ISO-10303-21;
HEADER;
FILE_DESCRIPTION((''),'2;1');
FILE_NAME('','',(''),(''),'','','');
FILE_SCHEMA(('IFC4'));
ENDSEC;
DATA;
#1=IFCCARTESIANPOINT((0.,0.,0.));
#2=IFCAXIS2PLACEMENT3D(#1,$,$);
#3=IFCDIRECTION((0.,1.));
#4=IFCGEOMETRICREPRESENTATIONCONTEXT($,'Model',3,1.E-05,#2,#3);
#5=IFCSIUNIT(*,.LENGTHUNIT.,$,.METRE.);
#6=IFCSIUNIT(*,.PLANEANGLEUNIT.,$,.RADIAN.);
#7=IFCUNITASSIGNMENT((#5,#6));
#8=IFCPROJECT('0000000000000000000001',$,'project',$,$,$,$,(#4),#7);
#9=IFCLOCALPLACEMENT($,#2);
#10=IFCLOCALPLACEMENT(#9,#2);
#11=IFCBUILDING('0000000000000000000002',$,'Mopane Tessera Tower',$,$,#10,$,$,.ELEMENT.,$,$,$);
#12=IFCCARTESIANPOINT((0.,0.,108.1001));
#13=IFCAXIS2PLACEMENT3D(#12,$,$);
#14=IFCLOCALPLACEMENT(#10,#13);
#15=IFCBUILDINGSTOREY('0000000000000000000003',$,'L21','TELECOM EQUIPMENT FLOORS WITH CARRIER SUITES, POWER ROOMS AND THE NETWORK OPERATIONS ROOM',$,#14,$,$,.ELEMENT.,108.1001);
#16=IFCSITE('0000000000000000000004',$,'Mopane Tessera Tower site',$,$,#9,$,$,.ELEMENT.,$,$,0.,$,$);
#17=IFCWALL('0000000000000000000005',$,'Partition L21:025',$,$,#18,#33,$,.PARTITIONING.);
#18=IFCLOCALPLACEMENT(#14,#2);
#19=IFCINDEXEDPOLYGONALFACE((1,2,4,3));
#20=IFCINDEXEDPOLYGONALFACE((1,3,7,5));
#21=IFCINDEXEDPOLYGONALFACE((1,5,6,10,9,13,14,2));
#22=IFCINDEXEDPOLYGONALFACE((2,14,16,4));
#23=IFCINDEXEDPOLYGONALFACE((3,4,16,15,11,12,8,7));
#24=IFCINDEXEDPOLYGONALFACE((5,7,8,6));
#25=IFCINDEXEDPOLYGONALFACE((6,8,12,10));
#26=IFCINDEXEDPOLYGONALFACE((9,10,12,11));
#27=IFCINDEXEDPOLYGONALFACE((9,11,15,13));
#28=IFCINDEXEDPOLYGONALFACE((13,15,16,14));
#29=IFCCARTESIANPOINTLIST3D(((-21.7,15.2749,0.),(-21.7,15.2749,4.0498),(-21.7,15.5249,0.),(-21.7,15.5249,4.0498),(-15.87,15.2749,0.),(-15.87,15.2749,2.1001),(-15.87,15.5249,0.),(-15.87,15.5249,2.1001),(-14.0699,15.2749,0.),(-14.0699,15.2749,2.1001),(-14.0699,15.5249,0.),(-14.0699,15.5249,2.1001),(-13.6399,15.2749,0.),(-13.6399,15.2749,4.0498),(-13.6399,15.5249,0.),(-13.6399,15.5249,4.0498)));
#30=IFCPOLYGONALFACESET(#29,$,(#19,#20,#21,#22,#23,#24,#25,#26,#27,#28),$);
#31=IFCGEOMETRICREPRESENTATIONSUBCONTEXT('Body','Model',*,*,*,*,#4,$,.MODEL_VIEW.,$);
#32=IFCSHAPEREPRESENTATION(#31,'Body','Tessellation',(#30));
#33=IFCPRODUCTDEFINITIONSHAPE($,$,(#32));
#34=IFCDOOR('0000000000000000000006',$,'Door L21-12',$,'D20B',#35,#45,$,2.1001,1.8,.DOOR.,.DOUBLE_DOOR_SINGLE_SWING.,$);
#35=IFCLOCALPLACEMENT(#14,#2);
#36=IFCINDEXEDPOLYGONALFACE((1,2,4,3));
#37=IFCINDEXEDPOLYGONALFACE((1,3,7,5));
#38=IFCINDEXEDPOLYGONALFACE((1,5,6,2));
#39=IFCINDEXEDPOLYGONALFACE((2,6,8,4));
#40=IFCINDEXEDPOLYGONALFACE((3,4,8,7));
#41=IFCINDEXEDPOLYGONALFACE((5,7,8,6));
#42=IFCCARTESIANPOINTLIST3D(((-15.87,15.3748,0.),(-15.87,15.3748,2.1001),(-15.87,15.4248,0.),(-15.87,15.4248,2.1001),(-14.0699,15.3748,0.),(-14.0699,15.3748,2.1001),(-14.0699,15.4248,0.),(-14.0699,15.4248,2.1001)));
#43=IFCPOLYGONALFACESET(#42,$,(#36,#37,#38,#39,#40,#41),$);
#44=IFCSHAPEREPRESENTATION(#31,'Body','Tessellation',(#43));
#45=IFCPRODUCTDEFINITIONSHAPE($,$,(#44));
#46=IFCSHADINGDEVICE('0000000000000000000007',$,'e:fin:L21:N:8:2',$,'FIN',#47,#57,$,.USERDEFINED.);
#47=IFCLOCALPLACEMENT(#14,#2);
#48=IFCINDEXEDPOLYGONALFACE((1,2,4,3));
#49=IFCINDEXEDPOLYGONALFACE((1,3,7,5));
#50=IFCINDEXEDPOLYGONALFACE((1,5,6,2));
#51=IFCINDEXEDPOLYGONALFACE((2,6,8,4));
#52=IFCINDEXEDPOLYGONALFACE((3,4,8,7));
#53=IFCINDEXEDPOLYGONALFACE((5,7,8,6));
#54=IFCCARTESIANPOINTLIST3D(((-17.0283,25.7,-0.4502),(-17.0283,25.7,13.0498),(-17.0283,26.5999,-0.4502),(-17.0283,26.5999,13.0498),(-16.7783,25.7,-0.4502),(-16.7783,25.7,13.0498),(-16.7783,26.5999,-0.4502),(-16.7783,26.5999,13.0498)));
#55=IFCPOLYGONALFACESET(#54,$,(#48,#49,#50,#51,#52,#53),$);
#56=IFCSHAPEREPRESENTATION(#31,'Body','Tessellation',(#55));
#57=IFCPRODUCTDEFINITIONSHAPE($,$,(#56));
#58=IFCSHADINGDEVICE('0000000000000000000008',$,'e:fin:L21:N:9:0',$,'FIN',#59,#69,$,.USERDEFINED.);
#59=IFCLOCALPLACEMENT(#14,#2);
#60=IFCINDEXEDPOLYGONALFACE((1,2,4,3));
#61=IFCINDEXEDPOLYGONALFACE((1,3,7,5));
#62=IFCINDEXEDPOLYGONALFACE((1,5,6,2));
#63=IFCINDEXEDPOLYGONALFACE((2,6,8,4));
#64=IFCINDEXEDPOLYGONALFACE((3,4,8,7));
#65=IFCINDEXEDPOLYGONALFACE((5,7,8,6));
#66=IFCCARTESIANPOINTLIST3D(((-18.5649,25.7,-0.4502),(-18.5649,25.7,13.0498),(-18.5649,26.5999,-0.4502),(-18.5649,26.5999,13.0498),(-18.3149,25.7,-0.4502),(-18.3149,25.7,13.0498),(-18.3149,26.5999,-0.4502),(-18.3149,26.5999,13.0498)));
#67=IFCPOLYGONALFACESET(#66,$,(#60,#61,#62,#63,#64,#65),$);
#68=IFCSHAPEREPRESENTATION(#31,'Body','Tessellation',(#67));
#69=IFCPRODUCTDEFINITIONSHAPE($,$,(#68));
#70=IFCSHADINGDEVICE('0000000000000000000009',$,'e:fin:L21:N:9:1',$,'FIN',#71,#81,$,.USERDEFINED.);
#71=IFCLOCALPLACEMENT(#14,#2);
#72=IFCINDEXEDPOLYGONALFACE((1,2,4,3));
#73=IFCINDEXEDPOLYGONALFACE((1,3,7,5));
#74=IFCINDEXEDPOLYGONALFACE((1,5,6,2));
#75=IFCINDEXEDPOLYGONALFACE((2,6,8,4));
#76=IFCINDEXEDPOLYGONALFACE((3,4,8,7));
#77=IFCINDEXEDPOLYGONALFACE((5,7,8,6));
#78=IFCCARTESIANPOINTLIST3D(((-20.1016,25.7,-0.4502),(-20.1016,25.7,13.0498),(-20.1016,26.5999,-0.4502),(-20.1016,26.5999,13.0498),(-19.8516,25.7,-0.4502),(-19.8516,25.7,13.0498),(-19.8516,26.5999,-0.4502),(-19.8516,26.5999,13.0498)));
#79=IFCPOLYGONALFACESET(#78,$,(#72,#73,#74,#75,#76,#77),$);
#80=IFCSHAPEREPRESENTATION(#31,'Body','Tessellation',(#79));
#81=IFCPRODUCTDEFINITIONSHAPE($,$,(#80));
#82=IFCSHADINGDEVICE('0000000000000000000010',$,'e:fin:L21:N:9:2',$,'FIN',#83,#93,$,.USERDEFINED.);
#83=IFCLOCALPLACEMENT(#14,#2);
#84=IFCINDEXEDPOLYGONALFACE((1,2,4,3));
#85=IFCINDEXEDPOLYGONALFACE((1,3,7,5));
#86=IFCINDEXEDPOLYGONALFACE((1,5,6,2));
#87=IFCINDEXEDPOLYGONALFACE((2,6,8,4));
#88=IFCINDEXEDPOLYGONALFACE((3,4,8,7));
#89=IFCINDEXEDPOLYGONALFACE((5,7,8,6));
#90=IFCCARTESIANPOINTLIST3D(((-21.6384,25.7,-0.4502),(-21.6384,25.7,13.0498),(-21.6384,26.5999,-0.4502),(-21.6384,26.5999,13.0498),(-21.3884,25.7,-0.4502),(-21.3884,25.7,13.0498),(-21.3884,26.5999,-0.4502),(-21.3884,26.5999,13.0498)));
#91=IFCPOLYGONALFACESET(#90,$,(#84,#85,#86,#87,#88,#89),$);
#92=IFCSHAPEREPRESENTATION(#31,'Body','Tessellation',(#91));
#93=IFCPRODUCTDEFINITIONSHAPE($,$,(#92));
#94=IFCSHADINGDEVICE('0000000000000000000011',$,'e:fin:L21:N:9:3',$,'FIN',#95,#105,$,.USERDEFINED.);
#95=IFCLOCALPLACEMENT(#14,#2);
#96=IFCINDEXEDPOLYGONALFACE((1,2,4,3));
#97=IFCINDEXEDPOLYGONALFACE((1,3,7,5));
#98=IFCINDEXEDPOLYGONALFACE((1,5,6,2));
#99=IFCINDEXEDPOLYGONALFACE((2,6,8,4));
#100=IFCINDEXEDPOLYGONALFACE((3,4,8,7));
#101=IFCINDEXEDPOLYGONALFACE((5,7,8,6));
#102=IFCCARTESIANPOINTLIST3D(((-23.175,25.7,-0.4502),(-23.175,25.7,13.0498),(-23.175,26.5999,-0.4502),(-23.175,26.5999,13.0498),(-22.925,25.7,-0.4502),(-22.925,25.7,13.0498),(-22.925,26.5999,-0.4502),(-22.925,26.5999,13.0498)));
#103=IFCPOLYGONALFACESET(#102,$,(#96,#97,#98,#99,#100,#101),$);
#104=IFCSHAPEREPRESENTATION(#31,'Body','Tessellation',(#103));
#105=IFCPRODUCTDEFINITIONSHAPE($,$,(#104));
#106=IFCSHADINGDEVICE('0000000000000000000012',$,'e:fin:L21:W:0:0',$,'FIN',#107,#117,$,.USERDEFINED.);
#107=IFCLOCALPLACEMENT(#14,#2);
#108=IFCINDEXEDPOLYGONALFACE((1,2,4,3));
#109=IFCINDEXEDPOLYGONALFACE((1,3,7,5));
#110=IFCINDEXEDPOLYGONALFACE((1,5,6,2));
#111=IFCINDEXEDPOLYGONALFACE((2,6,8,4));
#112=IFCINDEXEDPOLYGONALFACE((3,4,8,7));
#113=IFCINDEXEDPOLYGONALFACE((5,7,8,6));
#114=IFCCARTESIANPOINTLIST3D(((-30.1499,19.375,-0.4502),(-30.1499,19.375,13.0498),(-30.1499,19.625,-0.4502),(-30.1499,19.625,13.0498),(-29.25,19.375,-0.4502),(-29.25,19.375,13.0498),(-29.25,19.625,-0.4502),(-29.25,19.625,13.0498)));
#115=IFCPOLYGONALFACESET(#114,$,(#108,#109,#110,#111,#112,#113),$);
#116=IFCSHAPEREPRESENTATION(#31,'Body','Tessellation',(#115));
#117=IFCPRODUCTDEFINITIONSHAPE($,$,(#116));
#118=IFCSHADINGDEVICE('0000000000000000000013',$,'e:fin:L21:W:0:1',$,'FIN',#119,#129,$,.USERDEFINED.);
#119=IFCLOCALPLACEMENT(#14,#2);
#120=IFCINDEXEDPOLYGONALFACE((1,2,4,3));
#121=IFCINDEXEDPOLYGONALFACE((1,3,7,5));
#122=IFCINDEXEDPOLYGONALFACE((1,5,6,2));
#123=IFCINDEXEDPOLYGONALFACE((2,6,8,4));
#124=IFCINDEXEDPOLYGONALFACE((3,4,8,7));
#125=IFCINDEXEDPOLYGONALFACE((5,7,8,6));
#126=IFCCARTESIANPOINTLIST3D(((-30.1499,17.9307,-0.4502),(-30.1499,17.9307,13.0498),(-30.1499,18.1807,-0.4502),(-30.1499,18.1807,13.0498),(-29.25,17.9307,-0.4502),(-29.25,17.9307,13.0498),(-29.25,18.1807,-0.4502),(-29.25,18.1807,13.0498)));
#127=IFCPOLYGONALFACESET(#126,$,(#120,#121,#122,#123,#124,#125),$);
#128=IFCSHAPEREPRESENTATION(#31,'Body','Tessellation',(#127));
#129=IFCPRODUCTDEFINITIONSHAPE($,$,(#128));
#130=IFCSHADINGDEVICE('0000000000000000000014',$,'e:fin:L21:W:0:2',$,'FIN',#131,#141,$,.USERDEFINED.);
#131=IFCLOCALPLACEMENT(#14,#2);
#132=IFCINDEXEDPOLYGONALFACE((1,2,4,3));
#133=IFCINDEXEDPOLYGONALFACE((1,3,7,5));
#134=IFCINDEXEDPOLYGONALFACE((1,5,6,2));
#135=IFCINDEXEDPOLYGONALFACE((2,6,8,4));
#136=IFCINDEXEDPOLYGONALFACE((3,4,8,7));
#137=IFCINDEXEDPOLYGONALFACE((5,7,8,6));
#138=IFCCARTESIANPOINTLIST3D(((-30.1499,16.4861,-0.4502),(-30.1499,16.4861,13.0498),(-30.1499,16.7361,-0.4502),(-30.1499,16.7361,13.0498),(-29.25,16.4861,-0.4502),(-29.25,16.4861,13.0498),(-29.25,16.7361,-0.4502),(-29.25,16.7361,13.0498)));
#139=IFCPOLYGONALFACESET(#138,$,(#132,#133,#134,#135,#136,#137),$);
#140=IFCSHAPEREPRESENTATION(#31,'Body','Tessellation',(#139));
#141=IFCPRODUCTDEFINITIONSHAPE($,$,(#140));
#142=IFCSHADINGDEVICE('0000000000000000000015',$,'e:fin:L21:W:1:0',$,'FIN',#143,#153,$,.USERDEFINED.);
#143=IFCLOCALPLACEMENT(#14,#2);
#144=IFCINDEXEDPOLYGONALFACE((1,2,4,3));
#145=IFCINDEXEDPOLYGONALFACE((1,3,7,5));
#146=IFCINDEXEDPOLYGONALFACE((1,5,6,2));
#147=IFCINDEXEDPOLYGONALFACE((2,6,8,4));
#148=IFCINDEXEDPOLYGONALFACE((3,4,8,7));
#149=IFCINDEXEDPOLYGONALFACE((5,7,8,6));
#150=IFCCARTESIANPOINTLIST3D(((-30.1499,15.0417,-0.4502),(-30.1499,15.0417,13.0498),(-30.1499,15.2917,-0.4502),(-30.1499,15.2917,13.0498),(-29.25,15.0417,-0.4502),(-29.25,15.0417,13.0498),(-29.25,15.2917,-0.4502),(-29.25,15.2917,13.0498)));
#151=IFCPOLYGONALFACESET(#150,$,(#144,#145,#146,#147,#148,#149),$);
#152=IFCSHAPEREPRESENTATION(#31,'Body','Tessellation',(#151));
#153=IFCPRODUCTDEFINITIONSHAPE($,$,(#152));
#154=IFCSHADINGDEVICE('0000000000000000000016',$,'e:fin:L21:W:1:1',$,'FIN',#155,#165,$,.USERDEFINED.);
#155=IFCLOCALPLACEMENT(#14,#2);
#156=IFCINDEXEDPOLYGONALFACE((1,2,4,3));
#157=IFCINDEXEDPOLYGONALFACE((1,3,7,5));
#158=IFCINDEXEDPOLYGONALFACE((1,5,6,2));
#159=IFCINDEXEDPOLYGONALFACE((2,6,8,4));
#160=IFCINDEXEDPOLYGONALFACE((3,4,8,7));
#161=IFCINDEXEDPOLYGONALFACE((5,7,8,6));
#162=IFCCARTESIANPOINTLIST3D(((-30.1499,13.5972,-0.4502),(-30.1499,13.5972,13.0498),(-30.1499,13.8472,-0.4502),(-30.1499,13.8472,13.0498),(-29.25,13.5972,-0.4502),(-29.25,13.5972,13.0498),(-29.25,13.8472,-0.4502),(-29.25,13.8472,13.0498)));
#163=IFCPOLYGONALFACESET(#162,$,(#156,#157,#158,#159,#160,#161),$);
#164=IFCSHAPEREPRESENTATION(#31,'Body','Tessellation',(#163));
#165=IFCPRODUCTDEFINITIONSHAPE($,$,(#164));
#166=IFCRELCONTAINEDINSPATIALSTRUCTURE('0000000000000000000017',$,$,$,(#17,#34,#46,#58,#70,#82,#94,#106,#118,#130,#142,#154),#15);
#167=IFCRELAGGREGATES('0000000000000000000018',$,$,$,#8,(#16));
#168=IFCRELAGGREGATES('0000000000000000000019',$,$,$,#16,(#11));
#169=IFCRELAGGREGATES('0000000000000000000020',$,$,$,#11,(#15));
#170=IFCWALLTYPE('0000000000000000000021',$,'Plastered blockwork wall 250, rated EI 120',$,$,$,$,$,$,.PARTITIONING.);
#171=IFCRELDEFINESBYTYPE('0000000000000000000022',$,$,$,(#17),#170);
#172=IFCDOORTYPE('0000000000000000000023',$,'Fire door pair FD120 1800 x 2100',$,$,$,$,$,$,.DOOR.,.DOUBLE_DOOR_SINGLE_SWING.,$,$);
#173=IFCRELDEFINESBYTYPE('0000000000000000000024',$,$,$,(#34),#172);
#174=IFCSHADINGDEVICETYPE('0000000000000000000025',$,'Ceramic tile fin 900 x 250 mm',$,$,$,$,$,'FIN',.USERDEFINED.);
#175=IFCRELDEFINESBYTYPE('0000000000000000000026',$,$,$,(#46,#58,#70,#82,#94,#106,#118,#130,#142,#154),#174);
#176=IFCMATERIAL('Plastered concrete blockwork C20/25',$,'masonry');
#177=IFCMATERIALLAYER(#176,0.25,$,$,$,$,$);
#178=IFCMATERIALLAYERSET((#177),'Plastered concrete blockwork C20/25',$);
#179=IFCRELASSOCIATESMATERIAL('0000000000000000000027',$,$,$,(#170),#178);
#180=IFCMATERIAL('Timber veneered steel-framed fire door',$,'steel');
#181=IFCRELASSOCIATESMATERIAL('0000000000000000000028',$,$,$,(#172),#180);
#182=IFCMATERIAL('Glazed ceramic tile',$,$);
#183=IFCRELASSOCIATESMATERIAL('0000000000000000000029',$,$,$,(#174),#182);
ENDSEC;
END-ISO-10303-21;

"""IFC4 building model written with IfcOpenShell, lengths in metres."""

from ifc_helpers import new_model, si_unit, direction, frame, frame_2d, origin, origin_2d, place, context, subcontext, project, spatial, rectangle, extrude, material, layer, layer_set, type_object, element, fill, save


model = new_model("IFC4")

# Units and contexts
model_context = context("Model", 3, precision=1e-05, world=origin(), true_north=direction((0.0, 1.0)))
body_context = subcontext(model_context, "Body", "Model", "MODEL_VIEW")
ifc_project = project(units=[si_unit("LENGTHUNIT", "METRE"), si_unit("PLANEANGLEUNIT", "RADIAN")], contexts=[model_context])

# Site, building, storey
site_placement = place(None, origin())
site = spatial("IfcSite", under=ifc_project, at=site_placement, Name="Mopane Tessera Tower site", CompositionType="ELEMENT", RefElevation=0.0)
building_placement = place(site_placement, origin())
building = spatial("IfcBuilding", under=site, at=building_placement, Name="Mopane Tessera Tower", CompositionType="ELEMENT")
storey_placement = place(building_placement, frame((0.0, 0.0, 108.1001)))
storey = spatial("IfcBuildingStorey", under=building, at=storey_placement, Name="L21", Description="TELECOM EQUIPMENT FLOORS WITH CARRIER SUITES, POWER ROOMS AND THE NETWORK OPERATIONS ROOM", CompositionType="ELEMENT", Elevation=108.1001)

# Shared definitions
ifc_material_1 = material(Name="Plastered concrete blockwork C20/25", Category="masonry")
ifc_layer_1 = layer(ifc_material_1, 0.25)
ifc_layer_set_1 = layer_set([ifc_layer_1], Name="Plastered concrete blockwork C20/25")
wall_type = type_object("IfcWallType", Name="Plastered blockwork wall 250, rated EI 120", PredefinedType="PARTITIONING", material=ifc_layer_set_1)

# Wall, opening, door
wall_1_placement = place(storey_placement, frame((-21.7, 15.3999, 0.0), z_axis=(0.0, 0.0, 1.0), x_axis=(1.0, 0.0, 0.0)))
wall_1 = element("IfcWall", 1, at=wall_1_placement, inside=storey, type_object=wall_type, Name="Partition L21:025", PredefinedType="PARTITIONING", context=body_context, shape_type="SweptSolid", body=[
    extrude(rectangle(XDim=8.0601, YDim=0.25, at=frame_2d((4.03, 0.0))), origin(), (0.0, 0.0, 1.0), 4.0498),
])
opening_placement = place(wall_1_placement, frame((5.8301, 0.0, 0.0)))
opening = element("IfcOpeningElement", 2, at=opening_placement, cuts=wall_1, PredefinedType="OPENING", context=body_context, shape_type="SweptSolid", body=[
    extrude(rectangle(XDim=1.8, YDim=2.1001, at=frame_2d((0.8999, 1.05))), frame((0.0, 0.137, 0.0), z_axis=(0.0, -1.0, 0.0), x_axis=(1.0, 0.0, 0.0)), (0.0, 0.0, 1.0), 0.2739),
])
ifc_material_2 = material(Name="Timber veneered steel-framed fire door", Category="steel")
door_type = type_object("IfcDoorType", Name="Fire door pair FD120 1800 x 2100", OperationType="DOUBLE_DOOR_SINGLE_SWING", PredefinedType="DOOR", material=ifc_material_2)
door_placement = place(opening_placement, origin())
door = element("IfcDoor", 3, at=door_placement, inside=storey, type_object=door_type, Name="Door L21-12", ObjectType="D20B", OperationType="DOUBLE_DOOR_SINGLE_SWING", OverallHeight=2.1001, OverallWidth=1.8, PredefinedType="DOOR", context=body_context, shape_type="SweptSolid", body=[
    extrude(rectangle(XDim=1.8, YDim=2.1001, at=frame_2d((0.8999, 1.05))), frame((0.0, 0.0249, 0.0), z_axis=(0.0, -1.0, 0.0), x_axis=(1.0, 0.0, 0.0)), (0.0, 0.0, 1.0), 0.05),
])
fill(opening, door)

# Shading devices
ifc_material_3 = material(Name="Glazed ceramic tile")
shading_device_type = type_object("IfcShadingDeviceType", Name="Ceramic tile fin 900 x 250 mm", ElementType="FIN", PredefinedType="USERDEFINED", material=ifc_material_3)
for number, where, z_axis, x_axis, name in (
    (4, (-16.9033, 26.1499, -0.4502), (0.0, 0.0, 1.0), (-1.0, 0.0, 0.0), "e:fin:L21:N:8:2"),
    (5, (-18.4399, 26.1499, -0.4502), (0.0, 0.0, 1.0), (-1.0, 0.0, 0.0), "e:fin:L21:N:9:0"),
    (6, (-19.9766, 26.1499, -0.4502), (0.0, 0.0, 1.0), (-1.0, 0.0, 0.0), "e:fin:L21:N:9:1"),
    (7, (-21.5134, 26.1499, -0.4502), (0.0, 0.0, 1.0), (-1.0, 0.0, 0.0), "e:fin:L21:N:9:2"),
    (8, (-23.05, 26.1499, -0.4502), (0.0, 0.0, 1.0), (-1.0, 0.0, 0.0), "e:fin:L21:N:9:3"),
    (9, (-29.7, 19.5, -0.4502), (0.0, 0.0, 1.0), (0.0, -1.0, 0.0), "e:fin:L21:W:0:0"),
    (10, (-29.7, 18.0557, -0.4502), (0.0, 0.0, 1.0), (0.0, -1.0, 0.0), "e:fin:L21:W:0:1"),
    (11, (-29.7, 16.6111, -0.4502), (0.0, 0.0, 1.0), (0.0, -1.0, 0.0), "e:fin:L21:W:0:2"),
    (12, (-29.7, 15.1667, -0.4502), (0.0, 0.0, 1.0), (0.0, -1.0, 0.0), "e:fin:L21:W:1:0"),
    (13, (-29.7, 13.7222, -0.4502), (0.0, 0.0, 1.0), (0.0, -1.0, 0.0), "e:fin:L21:W:1:1"),
):
    element("IfcShadingDevice", number, at=place(storey_placement, frame(where, z_axis=z_axis, x_axis=x_axis)), inside=storey, type_object=shading_device_type, Name=name, ObjectType="FIN", PredefinedType="USERDEFINED", context=body_context, shape_type="SweptSolid", body=[
        extrude(rectangle(XDim=0.25, YDim=0.8999, at=origin_2d()), origin(), (0.0, 0.0, 1.0), 13.5),
    ])

save(model, "model.ifc")
